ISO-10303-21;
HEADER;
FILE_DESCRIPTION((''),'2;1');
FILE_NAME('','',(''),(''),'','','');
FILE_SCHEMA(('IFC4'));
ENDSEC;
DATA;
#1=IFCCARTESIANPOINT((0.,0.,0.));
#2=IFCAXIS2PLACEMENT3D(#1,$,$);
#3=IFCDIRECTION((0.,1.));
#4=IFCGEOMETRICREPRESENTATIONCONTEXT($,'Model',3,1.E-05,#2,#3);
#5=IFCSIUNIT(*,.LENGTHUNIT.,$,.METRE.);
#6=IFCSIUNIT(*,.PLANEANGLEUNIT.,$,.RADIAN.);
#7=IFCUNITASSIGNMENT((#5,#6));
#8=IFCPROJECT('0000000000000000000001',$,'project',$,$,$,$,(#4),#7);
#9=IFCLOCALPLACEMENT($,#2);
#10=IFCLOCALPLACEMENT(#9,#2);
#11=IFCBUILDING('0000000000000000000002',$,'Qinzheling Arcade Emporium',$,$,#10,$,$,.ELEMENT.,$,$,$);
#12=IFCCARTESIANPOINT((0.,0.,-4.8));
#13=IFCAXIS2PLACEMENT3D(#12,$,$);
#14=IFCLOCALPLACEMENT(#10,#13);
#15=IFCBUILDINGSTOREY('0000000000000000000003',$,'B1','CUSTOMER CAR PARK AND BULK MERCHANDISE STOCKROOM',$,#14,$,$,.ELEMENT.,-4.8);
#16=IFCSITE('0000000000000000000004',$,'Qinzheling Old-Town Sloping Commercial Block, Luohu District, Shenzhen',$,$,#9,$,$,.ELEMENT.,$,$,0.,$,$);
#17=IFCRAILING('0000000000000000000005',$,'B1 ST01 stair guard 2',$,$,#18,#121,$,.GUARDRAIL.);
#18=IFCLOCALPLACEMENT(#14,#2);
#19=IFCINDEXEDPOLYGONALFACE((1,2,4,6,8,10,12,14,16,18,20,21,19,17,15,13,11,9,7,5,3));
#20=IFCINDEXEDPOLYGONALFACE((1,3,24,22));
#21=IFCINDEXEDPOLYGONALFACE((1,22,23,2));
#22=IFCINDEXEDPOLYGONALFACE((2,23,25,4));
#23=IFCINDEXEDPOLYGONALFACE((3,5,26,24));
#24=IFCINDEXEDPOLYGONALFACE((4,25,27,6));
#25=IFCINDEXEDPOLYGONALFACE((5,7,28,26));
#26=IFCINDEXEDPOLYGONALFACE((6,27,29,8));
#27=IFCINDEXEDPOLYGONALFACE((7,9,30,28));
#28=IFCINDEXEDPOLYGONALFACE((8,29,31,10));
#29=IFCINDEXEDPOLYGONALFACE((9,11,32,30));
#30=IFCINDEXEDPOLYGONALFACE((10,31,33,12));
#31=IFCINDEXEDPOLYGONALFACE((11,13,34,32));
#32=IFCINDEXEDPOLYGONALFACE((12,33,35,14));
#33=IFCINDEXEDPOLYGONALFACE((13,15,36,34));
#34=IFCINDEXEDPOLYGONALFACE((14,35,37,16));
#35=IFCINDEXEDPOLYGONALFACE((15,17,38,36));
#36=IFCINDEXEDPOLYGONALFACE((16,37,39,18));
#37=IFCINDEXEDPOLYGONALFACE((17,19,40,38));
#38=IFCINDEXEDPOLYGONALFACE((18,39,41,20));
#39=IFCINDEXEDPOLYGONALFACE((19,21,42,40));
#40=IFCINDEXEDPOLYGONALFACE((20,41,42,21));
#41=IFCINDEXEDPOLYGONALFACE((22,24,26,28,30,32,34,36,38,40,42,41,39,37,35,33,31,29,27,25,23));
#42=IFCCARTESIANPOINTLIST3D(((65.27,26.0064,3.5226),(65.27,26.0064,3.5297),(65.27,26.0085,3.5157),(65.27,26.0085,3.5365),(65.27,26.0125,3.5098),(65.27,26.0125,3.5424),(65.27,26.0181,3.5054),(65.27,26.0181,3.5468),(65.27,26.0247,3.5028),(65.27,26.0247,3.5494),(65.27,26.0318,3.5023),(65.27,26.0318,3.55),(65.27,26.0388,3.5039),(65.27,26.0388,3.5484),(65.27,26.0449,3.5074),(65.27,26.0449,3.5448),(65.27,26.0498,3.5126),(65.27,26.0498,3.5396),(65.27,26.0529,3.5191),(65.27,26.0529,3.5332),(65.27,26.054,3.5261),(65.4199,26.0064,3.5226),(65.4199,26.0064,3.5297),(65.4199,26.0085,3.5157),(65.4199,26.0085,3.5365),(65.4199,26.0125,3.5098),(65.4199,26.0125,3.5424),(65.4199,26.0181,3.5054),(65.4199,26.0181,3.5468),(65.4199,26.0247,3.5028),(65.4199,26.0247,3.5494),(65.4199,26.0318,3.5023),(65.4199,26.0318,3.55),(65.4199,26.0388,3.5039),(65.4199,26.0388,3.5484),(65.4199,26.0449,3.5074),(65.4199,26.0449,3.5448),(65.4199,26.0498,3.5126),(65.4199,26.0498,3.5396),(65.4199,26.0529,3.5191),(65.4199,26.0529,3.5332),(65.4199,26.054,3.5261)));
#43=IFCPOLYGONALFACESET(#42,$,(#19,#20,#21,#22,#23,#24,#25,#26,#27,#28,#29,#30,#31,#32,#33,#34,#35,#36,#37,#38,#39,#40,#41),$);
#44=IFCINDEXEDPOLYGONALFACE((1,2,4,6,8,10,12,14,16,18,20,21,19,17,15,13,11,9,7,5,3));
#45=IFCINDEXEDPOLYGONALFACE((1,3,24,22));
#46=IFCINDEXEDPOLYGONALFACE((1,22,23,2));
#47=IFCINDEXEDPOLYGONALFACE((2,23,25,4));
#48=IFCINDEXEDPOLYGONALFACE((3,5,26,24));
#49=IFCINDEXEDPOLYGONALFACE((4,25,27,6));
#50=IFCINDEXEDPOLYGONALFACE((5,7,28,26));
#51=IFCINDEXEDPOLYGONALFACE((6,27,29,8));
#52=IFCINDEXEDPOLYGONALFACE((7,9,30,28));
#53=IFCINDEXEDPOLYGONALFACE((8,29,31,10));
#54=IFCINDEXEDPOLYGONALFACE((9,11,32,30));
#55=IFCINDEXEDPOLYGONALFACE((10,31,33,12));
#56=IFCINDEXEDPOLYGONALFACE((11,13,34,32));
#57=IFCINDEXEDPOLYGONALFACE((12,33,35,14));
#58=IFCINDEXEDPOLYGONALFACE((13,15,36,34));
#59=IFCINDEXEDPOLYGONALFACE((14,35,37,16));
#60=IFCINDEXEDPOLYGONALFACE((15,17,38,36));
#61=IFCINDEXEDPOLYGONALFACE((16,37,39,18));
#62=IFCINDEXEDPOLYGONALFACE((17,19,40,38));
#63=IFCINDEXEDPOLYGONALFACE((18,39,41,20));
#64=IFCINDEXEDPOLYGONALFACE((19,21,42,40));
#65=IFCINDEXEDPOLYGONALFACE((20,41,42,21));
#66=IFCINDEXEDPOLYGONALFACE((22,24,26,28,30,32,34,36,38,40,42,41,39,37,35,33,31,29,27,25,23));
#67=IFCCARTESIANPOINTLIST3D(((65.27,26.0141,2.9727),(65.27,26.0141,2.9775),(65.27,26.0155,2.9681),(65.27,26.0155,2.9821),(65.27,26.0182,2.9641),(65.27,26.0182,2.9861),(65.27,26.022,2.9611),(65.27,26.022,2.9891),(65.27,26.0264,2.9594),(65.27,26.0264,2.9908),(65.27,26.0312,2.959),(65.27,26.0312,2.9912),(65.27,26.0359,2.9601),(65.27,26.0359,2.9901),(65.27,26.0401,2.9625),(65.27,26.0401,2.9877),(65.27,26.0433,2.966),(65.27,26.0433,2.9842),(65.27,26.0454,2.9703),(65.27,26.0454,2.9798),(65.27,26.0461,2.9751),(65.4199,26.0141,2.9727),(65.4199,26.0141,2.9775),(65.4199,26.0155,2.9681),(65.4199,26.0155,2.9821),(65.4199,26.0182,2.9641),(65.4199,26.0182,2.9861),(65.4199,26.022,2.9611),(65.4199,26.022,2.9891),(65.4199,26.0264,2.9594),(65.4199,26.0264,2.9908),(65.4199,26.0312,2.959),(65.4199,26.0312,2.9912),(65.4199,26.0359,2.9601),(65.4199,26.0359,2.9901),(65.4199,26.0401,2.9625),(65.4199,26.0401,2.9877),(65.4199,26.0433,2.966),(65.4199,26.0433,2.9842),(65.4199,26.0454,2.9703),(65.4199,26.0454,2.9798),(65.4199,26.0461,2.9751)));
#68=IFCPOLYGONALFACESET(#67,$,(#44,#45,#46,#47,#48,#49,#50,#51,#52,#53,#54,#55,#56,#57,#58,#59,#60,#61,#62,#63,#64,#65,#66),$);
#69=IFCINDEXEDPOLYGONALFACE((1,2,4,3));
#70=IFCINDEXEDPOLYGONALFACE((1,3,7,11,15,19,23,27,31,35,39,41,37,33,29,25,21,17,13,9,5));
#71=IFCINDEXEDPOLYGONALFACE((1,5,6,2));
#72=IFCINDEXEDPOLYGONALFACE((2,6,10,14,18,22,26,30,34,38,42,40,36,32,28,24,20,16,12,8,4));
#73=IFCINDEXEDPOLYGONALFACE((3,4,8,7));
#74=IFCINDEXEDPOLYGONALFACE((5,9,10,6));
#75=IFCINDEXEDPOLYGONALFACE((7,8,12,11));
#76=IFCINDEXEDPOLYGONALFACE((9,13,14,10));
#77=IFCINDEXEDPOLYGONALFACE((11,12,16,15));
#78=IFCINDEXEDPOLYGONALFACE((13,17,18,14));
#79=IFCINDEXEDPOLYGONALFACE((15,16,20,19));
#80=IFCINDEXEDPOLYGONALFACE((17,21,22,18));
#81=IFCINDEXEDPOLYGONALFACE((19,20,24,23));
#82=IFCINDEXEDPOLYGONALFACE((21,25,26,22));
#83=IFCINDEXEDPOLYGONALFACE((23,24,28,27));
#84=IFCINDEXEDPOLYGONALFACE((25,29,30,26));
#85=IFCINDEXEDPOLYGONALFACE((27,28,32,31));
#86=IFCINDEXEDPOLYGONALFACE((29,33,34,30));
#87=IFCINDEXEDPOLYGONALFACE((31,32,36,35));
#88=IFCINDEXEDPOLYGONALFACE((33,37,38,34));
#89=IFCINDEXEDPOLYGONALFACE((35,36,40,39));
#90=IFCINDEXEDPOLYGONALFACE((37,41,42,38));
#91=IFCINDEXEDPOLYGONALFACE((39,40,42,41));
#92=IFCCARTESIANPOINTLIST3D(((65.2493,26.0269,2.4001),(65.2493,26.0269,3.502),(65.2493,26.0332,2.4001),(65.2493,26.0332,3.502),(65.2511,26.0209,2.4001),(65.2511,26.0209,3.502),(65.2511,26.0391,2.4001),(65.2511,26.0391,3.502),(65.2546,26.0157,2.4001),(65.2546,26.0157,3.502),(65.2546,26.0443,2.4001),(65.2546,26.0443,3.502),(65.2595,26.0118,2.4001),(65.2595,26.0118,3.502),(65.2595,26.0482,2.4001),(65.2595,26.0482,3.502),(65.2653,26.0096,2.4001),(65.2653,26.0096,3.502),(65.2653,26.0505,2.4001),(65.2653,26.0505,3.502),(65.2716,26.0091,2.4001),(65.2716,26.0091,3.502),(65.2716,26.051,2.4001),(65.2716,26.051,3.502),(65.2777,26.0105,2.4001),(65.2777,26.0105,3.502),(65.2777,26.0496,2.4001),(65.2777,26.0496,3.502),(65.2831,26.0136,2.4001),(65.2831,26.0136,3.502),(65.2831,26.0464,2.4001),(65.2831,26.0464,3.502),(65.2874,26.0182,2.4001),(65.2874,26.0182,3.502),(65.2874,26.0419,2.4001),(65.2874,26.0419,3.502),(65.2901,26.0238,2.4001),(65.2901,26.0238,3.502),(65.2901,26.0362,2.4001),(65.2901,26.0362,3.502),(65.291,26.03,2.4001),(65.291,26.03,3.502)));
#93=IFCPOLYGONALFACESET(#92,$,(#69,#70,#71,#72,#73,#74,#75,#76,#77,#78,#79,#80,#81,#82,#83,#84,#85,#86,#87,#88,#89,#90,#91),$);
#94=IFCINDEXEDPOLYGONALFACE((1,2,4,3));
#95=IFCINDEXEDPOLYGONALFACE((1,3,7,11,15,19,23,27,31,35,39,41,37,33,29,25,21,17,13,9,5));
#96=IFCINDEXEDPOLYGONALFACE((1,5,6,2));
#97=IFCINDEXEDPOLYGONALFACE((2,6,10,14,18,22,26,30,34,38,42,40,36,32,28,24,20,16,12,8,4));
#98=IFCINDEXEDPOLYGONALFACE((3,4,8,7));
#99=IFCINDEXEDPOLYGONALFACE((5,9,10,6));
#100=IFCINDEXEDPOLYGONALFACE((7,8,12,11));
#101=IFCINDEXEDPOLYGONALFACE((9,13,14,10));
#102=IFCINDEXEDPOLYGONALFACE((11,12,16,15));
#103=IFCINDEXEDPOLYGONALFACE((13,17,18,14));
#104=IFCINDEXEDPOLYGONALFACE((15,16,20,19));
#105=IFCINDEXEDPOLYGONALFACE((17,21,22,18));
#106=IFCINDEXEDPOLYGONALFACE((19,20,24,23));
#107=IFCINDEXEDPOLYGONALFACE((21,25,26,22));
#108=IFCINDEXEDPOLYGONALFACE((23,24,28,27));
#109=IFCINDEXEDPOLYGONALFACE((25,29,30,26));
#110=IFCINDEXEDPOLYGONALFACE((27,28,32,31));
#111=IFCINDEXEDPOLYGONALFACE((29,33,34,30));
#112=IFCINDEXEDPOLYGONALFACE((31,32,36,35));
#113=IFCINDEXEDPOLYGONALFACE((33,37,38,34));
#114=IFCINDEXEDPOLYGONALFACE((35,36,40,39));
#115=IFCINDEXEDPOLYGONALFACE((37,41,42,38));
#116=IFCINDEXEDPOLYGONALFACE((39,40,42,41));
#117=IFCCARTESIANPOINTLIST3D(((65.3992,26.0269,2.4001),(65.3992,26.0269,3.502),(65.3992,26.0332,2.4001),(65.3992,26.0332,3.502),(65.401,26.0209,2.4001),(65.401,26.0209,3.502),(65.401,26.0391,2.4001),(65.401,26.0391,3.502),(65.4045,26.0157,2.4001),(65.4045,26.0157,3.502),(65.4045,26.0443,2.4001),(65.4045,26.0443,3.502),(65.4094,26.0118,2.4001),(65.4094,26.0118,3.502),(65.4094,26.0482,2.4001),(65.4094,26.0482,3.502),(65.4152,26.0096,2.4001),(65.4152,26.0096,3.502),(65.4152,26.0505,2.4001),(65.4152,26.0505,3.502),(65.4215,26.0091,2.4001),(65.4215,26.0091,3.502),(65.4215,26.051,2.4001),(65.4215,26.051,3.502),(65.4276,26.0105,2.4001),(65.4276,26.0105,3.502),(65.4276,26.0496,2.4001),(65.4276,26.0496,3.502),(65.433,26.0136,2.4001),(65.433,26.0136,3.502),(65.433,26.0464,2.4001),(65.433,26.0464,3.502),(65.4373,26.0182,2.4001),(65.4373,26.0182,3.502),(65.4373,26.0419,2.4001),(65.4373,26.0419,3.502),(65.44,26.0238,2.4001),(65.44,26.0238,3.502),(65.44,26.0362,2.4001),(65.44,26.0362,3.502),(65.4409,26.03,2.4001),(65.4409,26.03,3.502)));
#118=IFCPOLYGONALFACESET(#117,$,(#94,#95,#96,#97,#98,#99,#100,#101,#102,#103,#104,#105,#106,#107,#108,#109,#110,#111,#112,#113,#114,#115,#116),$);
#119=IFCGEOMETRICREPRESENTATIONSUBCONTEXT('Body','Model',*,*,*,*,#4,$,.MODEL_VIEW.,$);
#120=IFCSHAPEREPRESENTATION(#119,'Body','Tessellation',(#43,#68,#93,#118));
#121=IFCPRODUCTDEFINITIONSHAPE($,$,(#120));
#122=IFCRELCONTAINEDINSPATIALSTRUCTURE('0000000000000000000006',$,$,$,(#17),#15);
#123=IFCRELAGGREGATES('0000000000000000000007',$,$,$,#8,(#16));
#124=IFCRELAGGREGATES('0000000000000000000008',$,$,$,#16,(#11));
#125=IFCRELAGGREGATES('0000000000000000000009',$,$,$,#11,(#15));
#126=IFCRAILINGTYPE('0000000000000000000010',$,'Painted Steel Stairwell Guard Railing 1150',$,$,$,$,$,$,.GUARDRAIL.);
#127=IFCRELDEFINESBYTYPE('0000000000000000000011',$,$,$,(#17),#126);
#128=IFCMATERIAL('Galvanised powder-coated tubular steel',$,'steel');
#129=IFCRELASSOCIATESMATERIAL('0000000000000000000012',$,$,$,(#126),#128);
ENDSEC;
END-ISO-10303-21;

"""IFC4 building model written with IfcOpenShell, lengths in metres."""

from ifc_helpers import new_model, si_unit, direction, frame, origin, origin_2d, place, context, subcontext, project, spatial, circle, extrude, material, type_object, element, save


model = new_model("IFC4")

# Units and contexts
model_context = context("Model", 3, precision=1e-05, world=origin(), true_north=direction((0.0, 1.0)))
body_context = subcontext(model_context, "Body", "Model", "MODEL_VIEW")
ifc_project = project(units=[si_unit("LENGTHUNIT", "METRE"), si_unit("PLANEANGLEUNIT", "RADIAN")], contexts=[model_context])

# Site, building, storey
site_placement = place(None, origin())
site = spatial("IfcSite", under=ifc_project, at=site_placement, Name="Qinzheling Old-Town Sloping Commercial Block, Luohu District, Shenzhen", CompositionType="ELEMENT", RefElevation=0.0)
building_placement = place(site_placement, origin())
building = spatial("IfcBuilding", under=site, at=building_placement, Name="Qinzheling Arcade Emporium", CompositionType="ELEMENT")
storey_placement = place(building_placement, frame((0.0, 0.0, -4.8)))
storey = spatial("IfcBuildingStorey", under=building, at=storey_placement, Name="B1", Description="CUSTOMER CAR PARK AND BULK MERCHANDISE STOCKROOM", CompositionType="ELEMENT", Elevation=-4.8)

# Railing
ifc_material_1 = material(Name="Galvanised powder-coated tubular steel", Category="steel")
railing_type_1 = type_object("IfcRailingType", Name="Painted Steel Stairwell Guard Railing 1150", PredefinedType="GUARDRAIL", material=ifc_material_1)
railing_1_placement = place(storey_placement, frame((65.27, 26.03, 2.4001)))
element("IfcRailing", 1, at=railing_1_placement, inside=storey, type_object=railing_type_1, Name="B1 ST01 stair guard 2", PredefinedType="GUARDRAIL", context=body_context, shape_type="SweptSolid", body=[
    extrude(circle(Radius=0.0239, at=origin_2d()), frame((0.0, 0.0, 1.126), z_axis=(1.0, 0.0, 0.0), x_axis=(0.0, 1.0, 0.0)), (0.0, 0.0, 1.0), 0.1499),
    extrude(circle(Radius=0.0161, at=origin_2d()), frame((0.0, 0.0, 0.575), z_axis=(1.0, 0.0, 0.0), x_axis=(0.0, 1.0, 0.0)), (0.0, 0.0, 1.0), 0.1499),
    extrude(circle(Radius=0.021, at=origin_2d()), origin(), (0.0, 0.0, 1.0), 1.1018),
    extrude(circle(Radius=0.021, at=origin_2d()), frame((0.1499, 0.0, 0.0)), (0.0, 0.0, 1.0), 1.1018),
])

save(model, "model.ifc")
